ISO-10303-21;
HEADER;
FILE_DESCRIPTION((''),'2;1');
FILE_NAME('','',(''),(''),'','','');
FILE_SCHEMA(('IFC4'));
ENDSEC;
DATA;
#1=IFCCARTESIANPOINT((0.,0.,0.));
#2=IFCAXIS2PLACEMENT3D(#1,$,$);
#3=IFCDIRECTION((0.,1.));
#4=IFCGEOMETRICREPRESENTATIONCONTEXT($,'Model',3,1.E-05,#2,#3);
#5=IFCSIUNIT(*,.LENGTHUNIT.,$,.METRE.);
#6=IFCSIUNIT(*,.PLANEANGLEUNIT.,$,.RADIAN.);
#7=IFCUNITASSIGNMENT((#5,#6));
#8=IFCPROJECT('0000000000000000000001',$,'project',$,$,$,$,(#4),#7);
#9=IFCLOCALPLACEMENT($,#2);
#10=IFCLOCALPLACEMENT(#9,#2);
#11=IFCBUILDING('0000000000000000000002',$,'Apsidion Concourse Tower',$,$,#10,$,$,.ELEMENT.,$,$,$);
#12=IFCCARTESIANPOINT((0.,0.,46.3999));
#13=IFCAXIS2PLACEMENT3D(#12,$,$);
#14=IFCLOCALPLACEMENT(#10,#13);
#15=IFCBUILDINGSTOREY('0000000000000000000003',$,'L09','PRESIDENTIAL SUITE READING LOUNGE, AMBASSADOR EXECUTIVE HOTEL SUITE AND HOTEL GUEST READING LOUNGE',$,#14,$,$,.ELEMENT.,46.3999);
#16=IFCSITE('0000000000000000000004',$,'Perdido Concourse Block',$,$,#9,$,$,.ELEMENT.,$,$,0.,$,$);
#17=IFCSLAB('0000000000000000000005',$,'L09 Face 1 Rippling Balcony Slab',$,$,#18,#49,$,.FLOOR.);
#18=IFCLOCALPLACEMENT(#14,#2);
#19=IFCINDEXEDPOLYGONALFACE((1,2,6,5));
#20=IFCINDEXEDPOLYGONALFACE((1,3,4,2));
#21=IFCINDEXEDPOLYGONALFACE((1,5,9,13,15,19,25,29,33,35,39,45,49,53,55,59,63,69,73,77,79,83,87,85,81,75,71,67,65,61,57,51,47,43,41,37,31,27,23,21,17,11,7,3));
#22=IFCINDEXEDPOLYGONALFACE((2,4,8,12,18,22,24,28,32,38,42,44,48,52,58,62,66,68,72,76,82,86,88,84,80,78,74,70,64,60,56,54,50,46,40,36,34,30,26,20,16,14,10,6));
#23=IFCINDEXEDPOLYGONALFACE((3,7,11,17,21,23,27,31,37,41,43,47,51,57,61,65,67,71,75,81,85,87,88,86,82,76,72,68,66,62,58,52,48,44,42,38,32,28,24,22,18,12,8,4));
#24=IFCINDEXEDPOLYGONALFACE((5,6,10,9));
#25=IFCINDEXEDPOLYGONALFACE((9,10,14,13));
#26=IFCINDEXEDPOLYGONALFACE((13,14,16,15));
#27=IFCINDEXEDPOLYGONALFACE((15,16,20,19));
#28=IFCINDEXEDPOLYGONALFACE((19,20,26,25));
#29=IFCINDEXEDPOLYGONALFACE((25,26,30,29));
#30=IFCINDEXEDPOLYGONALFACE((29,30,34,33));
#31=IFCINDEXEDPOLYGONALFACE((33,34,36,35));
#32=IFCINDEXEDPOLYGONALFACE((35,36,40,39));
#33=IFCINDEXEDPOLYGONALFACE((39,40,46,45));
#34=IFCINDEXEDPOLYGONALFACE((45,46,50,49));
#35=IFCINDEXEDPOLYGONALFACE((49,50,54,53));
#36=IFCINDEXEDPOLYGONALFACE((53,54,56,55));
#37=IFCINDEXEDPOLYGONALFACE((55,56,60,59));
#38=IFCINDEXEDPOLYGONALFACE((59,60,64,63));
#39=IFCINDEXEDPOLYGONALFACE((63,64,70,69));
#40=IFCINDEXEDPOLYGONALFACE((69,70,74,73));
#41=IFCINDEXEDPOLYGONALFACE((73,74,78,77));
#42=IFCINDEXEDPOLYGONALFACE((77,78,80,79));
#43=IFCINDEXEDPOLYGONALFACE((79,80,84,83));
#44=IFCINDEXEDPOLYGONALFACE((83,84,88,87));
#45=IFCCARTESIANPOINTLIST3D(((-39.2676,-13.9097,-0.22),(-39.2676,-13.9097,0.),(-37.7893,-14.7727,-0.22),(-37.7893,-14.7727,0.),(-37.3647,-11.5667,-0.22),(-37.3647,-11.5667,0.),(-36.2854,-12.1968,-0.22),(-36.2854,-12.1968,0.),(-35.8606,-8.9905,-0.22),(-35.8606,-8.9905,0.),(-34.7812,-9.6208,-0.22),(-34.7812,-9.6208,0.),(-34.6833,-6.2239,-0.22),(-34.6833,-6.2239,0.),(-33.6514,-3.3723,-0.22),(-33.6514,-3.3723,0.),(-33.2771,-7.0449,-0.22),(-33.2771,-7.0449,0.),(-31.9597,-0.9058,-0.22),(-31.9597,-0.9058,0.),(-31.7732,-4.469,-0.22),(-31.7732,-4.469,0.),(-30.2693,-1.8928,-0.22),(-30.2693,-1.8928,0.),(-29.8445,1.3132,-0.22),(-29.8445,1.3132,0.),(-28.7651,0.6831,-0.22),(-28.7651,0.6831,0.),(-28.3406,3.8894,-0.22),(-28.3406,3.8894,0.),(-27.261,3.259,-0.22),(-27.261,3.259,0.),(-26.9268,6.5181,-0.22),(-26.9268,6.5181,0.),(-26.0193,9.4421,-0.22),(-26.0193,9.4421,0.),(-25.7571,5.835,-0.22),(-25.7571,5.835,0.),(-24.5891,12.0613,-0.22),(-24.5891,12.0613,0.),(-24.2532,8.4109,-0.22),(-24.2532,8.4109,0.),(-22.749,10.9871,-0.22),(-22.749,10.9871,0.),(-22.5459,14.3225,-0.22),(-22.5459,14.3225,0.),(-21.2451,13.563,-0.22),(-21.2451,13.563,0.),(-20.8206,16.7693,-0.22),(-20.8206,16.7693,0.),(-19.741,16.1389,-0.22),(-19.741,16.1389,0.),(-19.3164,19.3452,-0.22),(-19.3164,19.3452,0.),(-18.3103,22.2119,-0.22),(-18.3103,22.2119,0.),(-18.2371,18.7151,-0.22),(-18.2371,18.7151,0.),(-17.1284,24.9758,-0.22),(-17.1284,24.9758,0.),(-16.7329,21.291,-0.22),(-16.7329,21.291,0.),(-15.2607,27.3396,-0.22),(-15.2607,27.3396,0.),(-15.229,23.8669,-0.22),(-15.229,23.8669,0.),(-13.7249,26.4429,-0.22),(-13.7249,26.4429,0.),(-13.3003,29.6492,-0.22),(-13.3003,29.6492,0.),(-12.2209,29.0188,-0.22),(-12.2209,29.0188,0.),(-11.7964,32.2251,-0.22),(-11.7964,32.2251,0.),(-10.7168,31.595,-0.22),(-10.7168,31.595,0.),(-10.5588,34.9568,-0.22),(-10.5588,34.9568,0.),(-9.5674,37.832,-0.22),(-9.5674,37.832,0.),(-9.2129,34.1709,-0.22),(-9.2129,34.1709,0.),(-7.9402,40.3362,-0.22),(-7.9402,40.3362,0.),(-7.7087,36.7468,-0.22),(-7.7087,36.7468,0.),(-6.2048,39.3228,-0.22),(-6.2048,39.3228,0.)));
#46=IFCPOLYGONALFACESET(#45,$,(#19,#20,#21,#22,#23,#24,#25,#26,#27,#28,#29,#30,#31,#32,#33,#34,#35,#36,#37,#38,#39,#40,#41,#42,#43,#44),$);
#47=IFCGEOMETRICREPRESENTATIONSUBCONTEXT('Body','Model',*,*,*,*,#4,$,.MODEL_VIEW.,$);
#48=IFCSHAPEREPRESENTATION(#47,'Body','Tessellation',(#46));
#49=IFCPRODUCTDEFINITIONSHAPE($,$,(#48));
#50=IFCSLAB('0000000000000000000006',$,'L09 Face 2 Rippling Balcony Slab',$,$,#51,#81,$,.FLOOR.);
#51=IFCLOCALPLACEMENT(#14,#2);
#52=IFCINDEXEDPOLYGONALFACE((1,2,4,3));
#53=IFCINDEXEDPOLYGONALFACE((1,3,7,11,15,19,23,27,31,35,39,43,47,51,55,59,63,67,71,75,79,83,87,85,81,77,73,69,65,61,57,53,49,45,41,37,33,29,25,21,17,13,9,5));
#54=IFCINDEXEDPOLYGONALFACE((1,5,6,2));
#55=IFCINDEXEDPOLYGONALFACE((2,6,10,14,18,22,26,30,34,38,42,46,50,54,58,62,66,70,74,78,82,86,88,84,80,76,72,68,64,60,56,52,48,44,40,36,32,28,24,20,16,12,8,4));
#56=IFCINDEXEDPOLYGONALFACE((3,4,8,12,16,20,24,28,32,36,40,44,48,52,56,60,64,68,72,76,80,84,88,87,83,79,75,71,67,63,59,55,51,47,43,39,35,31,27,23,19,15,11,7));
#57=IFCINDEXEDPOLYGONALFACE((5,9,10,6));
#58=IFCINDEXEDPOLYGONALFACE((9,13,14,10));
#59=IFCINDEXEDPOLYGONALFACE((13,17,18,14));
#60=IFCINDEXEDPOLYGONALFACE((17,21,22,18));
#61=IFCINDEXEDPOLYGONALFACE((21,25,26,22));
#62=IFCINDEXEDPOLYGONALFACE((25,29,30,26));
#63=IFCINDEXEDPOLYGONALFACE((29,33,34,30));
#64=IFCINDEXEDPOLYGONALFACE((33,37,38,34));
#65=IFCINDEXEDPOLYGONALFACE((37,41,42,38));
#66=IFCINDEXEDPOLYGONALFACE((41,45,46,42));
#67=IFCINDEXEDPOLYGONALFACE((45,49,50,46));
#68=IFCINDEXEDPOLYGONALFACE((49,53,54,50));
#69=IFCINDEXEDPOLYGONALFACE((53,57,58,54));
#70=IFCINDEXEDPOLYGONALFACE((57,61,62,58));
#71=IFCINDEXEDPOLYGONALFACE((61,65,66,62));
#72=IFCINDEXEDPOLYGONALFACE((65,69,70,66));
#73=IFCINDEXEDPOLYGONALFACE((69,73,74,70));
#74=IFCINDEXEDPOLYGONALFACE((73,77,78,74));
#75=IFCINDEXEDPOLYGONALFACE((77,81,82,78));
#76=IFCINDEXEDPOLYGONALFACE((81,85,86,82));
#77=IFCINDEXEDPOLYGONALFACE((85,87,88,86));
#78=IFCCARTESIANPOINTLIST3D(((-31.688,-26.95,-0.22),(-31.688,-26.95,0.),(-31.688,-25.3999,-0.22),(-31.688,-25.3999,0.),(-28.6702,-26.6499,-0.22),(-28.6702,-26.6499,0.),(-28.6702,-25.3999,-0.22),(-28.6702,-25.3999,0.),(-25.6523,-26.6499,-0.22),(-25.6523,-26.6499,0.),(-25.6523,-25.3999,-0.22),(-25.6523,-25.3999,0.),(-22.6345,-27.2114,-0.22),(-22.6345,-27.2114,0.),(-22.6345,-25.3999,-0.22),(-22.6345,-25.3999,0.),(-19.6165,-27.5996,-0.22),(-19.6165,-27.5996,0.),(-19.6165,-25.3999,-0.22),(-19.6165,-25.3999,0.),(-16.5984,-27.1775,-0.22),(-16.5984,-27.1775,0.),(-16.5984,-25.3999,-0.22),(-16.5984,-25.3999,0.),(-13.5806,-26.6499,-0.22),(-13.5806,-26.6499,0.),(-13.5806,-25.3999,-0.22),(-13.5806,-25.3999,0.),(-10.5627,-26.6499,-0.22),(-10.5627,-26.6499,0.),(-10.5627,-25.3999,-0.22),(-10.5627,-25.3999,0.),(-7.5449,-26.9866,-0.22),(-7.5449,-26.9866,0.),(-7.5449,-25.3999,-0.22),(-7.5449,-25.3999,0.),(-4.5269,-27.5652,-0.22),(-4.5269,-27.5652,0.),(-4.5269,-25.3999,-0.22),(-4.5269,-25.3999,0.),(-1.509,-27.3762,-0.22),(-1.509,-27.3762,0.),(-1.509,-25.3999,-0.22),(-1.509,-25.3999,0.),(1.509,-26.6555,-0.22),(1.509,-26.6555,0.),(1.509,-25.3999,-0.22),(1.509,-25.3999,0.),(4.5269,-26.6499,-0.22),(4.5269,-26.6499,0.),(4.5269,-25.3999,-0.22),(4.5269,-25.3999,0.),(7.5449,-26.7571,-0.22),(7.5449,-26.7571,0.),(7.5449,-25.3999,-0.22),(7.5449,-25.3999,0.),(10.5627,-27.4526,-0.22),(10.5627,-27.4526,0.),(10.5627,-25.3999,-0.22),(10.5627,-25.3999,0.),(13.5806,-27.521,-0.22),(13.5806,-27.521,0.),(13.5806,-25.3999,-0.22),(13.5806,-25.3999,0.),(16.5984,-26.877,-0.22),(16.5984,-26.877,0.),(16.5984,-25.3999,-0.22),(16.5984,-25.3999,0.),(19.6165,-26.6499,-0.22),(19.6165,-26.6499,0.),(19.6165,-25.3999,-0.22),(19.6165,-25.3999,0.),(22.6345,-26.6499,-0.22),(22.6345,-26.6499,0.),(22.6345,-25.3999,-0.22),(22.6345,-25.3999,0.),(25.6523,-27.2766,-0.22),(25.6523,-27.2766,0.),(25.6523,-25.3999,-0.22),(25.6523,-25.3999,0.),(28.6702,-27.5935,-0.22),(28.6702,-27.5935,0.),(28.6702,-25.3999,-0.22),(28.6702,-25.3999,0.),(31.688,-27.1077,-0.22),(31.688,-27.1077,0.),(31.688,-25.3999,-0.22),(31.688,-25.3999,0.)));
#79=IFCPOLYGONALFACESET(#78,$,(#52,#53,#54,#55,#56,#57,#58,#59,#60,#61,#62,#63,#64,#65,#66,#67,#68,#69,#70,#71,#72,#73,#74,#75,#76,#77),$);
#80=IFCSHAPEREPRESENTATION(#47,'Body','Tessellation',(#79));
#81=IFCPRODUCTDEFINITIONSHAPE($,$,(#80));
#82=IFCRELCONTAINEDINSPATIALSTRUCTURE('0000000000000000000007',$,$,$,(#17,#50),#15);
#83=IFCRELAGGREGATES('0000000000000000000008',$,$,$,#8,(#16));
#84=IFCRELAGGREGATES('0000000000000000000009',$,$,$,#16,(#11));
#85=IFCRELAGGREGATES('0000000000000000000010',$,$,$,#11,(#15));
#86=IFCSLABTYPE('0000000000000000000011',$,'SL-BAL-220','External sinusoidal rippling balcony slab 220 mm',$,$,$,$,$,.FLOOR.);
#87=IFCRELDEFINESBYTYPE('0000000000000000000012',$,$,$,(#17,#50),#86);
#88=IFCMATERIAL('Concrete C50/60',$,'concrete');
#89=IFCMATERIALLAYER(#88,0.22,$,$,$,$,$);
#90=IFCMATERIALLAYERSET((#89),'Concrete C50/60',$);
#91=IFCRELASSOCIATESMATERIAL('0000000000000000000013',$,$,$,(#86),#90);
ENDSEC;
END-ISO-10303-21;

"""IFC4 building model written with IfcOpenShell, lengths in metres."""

from ifc_helpers import new_model, si_unit, direction, frame, origin, place, context, subcontext, project, spatial, polyline, outline, extrude, material, layer, layer_set, type_object, element, save


model = new_model("IFC4")

# Units and contexts
model_context = context("Model", 3, precision=1e-05, world=origin(), true_north=direction((0.0, 1.0)))
body_context = subcontext(model_context, "Body", "Model", "MODEL_VIEW")
ifc_project = project(units=[si_unit("LENGTHUNIT", "METRE"), si_unit("PLANEANGLEUNIT", "RADIAN")], contexts=[model_context])

# Site, building, storey
site_placement = place(None, origin())
site = spatial("IfcSite", under=ifc_project, at=site_placement, Name="Perdido Concourse Block", CompositionType="ELEMENT", RefElevation=0.0)
building_placement = place(site_placement, origin())
building = spatial("IfcBuilding", under=site, at=building_placement, Name="Apsidion Concourse Tower", CompositionType="ELEMENT")
storey_placement = place(building_placement, frame((0.0, 0.0, 46.3999)))
storey = spatial("IfcBuildingStorey", under=building, at=storey_placement, Name="L09", Description="PRESIDENTIAL SUITE READING LOUNGE, AMBASSADOR EXECUTIVE HOTEL SUITE AND HOTEL GUEST READING LOUNGE", CompositionType="ELEMENT", Elevation=46.3999)

# Slabs
ifc_material_1 = material(Name="Concrete C50/60", Category="concrete")
ifc_layer_1 = layer(ifc_material_1, 0.22)
ifc_layer_set_1 = layer_set([ifc_layer_1], Name="Concrete C50/60")
slab_type_1 = type_object("IfcSlabType", Name="SL-BAL-220", Description="External sinusoidal rippling balcony slab 220 mm", PredefinedType="FLOOR", material=ifc_layer_set_1)
slab_1_placement = place(storey_placement, frame((0.0, 0.0, -0.22)))
element("IfcSlab", 1, at=slab_1_placement, inside=storey, type_object=slab_type_1, Name="L09 Face 1 Rippling Balcony Slab", PredefinedType="FLOOR", context=body_context, shape_type="SweptSolid", body=[
    extrude(outline(polyline([(-6.2048, 39.3228), (-7.7087, 36.7468), (-9.2129, 34.1709), (-10.7168, 31.595), (-12.2209, 29.0188), (-13.7249, 26.4429), (-15.229, 23.8669), (-16.7329, 21.291), (-18.2371, 18.7151), (-19.741, 16.1389), (-21.2451, 13.563), (-22.749, 10.9871), (-24.2532, 8.4109), (-25.7571, 5.835), (-27.261, 3.259), (-28.7651, 0.6831), (-30.2693, -1.8928), (-31.7732, -4.469), (-33.2771, -7.0449), (-34.7812, -9.6208), (-36.2854, -12.1968), (-37.7893, -14.7727), (-39.2676, -13.9097), (-37.3647, -11.5667), (-35.8606, -8.9905), (-34.6833, -6.2239), (-33.6514, -3.3723), (-31.9597, -0.9058), (-29.8445, 1.3132), (-28.3406, 3.8894), (-26.9268, 6.5181), (-26.0193, 9.4421), (-24.5891, 12.0613), (-22.5459, 14.3225), (-20.8206, 16.7693), (-19.3164, 19.3452), (-18.3103, 22.2119), (-17.1284, 24.9758), (-15.2607, 27.3396), (-13.3003, 29.6492), (-11.7964, 32.2251), (-10.5588, 34.9568), (-9.5674, 37.832), (-7.9402, 40.3362), (-6.2048, 39.3228)])), origin(), (0.0, 0.0, 1.0), 0.22),
])
slab_2_placement = place(storey_placement, frame((0.0, 0.0, -0.22)))
element("IfcSlab", 2, at=slab_2_placement, inside=storey, type_object=slab_type_1, Name="L09 Face 2 Rippling Balcony Slab", PredefinedType="FLOOR", context=body_context, shape_type="SweptSolid", body=[
    extrude(outline(polyline([(-31.688, -25.3999), (-28.6702, -25.3999), (-25.6523, -25.3999), (-22.6345, -25.3999), (-19.6165, -25.3999), (-16.5984, -25.3999), (-13.5806, -25.3999), (-10.5627, -25.3999), (-7.5449, -25.3999), (-4.5269, -25.3999), (-1.509, -25.3999), (1.509, -25.3999), (4.5269, -25.3999), (7.5449, -25.3999), (10.5627, -25.3999), (13.5806, -25.3999), (16.5984, -25.3999), (19.6165, -25.3999), (22.6345, -25.3999), (25.6523, -25.3999), (28.6702, -25.3999), (31.688, -25.3999), (31.688, -27.1077), (28.6702, -27.5935), (25.6523, -27.2766), (22.6345, -26.6499), (19.6165, -26.6499), (16.5984, -26.877), (13.5806, -27.521), (10.5627, -27.4526), (7.5449, -26.7571), (4.5269, -26.6499), (1.509, -26.6555), (-1.509, -27.3762), (-4.5269, -27.5652), (-7.5449, -26.9866), (-10.5627, -26.6499), (-13.5806, -26.6499), (-16.5984, -27.1775), (-19.6165, -27.5996), (-22.6345, -27.2114), (-25.6523, -26.6499), (-28.6702, -26.6499), (-31.688, -26.95), (-31.688, -25.3999)])), origin(), (0.0, 0.0, 1.0), 0.22),
])

save(model, "model.ifc")
